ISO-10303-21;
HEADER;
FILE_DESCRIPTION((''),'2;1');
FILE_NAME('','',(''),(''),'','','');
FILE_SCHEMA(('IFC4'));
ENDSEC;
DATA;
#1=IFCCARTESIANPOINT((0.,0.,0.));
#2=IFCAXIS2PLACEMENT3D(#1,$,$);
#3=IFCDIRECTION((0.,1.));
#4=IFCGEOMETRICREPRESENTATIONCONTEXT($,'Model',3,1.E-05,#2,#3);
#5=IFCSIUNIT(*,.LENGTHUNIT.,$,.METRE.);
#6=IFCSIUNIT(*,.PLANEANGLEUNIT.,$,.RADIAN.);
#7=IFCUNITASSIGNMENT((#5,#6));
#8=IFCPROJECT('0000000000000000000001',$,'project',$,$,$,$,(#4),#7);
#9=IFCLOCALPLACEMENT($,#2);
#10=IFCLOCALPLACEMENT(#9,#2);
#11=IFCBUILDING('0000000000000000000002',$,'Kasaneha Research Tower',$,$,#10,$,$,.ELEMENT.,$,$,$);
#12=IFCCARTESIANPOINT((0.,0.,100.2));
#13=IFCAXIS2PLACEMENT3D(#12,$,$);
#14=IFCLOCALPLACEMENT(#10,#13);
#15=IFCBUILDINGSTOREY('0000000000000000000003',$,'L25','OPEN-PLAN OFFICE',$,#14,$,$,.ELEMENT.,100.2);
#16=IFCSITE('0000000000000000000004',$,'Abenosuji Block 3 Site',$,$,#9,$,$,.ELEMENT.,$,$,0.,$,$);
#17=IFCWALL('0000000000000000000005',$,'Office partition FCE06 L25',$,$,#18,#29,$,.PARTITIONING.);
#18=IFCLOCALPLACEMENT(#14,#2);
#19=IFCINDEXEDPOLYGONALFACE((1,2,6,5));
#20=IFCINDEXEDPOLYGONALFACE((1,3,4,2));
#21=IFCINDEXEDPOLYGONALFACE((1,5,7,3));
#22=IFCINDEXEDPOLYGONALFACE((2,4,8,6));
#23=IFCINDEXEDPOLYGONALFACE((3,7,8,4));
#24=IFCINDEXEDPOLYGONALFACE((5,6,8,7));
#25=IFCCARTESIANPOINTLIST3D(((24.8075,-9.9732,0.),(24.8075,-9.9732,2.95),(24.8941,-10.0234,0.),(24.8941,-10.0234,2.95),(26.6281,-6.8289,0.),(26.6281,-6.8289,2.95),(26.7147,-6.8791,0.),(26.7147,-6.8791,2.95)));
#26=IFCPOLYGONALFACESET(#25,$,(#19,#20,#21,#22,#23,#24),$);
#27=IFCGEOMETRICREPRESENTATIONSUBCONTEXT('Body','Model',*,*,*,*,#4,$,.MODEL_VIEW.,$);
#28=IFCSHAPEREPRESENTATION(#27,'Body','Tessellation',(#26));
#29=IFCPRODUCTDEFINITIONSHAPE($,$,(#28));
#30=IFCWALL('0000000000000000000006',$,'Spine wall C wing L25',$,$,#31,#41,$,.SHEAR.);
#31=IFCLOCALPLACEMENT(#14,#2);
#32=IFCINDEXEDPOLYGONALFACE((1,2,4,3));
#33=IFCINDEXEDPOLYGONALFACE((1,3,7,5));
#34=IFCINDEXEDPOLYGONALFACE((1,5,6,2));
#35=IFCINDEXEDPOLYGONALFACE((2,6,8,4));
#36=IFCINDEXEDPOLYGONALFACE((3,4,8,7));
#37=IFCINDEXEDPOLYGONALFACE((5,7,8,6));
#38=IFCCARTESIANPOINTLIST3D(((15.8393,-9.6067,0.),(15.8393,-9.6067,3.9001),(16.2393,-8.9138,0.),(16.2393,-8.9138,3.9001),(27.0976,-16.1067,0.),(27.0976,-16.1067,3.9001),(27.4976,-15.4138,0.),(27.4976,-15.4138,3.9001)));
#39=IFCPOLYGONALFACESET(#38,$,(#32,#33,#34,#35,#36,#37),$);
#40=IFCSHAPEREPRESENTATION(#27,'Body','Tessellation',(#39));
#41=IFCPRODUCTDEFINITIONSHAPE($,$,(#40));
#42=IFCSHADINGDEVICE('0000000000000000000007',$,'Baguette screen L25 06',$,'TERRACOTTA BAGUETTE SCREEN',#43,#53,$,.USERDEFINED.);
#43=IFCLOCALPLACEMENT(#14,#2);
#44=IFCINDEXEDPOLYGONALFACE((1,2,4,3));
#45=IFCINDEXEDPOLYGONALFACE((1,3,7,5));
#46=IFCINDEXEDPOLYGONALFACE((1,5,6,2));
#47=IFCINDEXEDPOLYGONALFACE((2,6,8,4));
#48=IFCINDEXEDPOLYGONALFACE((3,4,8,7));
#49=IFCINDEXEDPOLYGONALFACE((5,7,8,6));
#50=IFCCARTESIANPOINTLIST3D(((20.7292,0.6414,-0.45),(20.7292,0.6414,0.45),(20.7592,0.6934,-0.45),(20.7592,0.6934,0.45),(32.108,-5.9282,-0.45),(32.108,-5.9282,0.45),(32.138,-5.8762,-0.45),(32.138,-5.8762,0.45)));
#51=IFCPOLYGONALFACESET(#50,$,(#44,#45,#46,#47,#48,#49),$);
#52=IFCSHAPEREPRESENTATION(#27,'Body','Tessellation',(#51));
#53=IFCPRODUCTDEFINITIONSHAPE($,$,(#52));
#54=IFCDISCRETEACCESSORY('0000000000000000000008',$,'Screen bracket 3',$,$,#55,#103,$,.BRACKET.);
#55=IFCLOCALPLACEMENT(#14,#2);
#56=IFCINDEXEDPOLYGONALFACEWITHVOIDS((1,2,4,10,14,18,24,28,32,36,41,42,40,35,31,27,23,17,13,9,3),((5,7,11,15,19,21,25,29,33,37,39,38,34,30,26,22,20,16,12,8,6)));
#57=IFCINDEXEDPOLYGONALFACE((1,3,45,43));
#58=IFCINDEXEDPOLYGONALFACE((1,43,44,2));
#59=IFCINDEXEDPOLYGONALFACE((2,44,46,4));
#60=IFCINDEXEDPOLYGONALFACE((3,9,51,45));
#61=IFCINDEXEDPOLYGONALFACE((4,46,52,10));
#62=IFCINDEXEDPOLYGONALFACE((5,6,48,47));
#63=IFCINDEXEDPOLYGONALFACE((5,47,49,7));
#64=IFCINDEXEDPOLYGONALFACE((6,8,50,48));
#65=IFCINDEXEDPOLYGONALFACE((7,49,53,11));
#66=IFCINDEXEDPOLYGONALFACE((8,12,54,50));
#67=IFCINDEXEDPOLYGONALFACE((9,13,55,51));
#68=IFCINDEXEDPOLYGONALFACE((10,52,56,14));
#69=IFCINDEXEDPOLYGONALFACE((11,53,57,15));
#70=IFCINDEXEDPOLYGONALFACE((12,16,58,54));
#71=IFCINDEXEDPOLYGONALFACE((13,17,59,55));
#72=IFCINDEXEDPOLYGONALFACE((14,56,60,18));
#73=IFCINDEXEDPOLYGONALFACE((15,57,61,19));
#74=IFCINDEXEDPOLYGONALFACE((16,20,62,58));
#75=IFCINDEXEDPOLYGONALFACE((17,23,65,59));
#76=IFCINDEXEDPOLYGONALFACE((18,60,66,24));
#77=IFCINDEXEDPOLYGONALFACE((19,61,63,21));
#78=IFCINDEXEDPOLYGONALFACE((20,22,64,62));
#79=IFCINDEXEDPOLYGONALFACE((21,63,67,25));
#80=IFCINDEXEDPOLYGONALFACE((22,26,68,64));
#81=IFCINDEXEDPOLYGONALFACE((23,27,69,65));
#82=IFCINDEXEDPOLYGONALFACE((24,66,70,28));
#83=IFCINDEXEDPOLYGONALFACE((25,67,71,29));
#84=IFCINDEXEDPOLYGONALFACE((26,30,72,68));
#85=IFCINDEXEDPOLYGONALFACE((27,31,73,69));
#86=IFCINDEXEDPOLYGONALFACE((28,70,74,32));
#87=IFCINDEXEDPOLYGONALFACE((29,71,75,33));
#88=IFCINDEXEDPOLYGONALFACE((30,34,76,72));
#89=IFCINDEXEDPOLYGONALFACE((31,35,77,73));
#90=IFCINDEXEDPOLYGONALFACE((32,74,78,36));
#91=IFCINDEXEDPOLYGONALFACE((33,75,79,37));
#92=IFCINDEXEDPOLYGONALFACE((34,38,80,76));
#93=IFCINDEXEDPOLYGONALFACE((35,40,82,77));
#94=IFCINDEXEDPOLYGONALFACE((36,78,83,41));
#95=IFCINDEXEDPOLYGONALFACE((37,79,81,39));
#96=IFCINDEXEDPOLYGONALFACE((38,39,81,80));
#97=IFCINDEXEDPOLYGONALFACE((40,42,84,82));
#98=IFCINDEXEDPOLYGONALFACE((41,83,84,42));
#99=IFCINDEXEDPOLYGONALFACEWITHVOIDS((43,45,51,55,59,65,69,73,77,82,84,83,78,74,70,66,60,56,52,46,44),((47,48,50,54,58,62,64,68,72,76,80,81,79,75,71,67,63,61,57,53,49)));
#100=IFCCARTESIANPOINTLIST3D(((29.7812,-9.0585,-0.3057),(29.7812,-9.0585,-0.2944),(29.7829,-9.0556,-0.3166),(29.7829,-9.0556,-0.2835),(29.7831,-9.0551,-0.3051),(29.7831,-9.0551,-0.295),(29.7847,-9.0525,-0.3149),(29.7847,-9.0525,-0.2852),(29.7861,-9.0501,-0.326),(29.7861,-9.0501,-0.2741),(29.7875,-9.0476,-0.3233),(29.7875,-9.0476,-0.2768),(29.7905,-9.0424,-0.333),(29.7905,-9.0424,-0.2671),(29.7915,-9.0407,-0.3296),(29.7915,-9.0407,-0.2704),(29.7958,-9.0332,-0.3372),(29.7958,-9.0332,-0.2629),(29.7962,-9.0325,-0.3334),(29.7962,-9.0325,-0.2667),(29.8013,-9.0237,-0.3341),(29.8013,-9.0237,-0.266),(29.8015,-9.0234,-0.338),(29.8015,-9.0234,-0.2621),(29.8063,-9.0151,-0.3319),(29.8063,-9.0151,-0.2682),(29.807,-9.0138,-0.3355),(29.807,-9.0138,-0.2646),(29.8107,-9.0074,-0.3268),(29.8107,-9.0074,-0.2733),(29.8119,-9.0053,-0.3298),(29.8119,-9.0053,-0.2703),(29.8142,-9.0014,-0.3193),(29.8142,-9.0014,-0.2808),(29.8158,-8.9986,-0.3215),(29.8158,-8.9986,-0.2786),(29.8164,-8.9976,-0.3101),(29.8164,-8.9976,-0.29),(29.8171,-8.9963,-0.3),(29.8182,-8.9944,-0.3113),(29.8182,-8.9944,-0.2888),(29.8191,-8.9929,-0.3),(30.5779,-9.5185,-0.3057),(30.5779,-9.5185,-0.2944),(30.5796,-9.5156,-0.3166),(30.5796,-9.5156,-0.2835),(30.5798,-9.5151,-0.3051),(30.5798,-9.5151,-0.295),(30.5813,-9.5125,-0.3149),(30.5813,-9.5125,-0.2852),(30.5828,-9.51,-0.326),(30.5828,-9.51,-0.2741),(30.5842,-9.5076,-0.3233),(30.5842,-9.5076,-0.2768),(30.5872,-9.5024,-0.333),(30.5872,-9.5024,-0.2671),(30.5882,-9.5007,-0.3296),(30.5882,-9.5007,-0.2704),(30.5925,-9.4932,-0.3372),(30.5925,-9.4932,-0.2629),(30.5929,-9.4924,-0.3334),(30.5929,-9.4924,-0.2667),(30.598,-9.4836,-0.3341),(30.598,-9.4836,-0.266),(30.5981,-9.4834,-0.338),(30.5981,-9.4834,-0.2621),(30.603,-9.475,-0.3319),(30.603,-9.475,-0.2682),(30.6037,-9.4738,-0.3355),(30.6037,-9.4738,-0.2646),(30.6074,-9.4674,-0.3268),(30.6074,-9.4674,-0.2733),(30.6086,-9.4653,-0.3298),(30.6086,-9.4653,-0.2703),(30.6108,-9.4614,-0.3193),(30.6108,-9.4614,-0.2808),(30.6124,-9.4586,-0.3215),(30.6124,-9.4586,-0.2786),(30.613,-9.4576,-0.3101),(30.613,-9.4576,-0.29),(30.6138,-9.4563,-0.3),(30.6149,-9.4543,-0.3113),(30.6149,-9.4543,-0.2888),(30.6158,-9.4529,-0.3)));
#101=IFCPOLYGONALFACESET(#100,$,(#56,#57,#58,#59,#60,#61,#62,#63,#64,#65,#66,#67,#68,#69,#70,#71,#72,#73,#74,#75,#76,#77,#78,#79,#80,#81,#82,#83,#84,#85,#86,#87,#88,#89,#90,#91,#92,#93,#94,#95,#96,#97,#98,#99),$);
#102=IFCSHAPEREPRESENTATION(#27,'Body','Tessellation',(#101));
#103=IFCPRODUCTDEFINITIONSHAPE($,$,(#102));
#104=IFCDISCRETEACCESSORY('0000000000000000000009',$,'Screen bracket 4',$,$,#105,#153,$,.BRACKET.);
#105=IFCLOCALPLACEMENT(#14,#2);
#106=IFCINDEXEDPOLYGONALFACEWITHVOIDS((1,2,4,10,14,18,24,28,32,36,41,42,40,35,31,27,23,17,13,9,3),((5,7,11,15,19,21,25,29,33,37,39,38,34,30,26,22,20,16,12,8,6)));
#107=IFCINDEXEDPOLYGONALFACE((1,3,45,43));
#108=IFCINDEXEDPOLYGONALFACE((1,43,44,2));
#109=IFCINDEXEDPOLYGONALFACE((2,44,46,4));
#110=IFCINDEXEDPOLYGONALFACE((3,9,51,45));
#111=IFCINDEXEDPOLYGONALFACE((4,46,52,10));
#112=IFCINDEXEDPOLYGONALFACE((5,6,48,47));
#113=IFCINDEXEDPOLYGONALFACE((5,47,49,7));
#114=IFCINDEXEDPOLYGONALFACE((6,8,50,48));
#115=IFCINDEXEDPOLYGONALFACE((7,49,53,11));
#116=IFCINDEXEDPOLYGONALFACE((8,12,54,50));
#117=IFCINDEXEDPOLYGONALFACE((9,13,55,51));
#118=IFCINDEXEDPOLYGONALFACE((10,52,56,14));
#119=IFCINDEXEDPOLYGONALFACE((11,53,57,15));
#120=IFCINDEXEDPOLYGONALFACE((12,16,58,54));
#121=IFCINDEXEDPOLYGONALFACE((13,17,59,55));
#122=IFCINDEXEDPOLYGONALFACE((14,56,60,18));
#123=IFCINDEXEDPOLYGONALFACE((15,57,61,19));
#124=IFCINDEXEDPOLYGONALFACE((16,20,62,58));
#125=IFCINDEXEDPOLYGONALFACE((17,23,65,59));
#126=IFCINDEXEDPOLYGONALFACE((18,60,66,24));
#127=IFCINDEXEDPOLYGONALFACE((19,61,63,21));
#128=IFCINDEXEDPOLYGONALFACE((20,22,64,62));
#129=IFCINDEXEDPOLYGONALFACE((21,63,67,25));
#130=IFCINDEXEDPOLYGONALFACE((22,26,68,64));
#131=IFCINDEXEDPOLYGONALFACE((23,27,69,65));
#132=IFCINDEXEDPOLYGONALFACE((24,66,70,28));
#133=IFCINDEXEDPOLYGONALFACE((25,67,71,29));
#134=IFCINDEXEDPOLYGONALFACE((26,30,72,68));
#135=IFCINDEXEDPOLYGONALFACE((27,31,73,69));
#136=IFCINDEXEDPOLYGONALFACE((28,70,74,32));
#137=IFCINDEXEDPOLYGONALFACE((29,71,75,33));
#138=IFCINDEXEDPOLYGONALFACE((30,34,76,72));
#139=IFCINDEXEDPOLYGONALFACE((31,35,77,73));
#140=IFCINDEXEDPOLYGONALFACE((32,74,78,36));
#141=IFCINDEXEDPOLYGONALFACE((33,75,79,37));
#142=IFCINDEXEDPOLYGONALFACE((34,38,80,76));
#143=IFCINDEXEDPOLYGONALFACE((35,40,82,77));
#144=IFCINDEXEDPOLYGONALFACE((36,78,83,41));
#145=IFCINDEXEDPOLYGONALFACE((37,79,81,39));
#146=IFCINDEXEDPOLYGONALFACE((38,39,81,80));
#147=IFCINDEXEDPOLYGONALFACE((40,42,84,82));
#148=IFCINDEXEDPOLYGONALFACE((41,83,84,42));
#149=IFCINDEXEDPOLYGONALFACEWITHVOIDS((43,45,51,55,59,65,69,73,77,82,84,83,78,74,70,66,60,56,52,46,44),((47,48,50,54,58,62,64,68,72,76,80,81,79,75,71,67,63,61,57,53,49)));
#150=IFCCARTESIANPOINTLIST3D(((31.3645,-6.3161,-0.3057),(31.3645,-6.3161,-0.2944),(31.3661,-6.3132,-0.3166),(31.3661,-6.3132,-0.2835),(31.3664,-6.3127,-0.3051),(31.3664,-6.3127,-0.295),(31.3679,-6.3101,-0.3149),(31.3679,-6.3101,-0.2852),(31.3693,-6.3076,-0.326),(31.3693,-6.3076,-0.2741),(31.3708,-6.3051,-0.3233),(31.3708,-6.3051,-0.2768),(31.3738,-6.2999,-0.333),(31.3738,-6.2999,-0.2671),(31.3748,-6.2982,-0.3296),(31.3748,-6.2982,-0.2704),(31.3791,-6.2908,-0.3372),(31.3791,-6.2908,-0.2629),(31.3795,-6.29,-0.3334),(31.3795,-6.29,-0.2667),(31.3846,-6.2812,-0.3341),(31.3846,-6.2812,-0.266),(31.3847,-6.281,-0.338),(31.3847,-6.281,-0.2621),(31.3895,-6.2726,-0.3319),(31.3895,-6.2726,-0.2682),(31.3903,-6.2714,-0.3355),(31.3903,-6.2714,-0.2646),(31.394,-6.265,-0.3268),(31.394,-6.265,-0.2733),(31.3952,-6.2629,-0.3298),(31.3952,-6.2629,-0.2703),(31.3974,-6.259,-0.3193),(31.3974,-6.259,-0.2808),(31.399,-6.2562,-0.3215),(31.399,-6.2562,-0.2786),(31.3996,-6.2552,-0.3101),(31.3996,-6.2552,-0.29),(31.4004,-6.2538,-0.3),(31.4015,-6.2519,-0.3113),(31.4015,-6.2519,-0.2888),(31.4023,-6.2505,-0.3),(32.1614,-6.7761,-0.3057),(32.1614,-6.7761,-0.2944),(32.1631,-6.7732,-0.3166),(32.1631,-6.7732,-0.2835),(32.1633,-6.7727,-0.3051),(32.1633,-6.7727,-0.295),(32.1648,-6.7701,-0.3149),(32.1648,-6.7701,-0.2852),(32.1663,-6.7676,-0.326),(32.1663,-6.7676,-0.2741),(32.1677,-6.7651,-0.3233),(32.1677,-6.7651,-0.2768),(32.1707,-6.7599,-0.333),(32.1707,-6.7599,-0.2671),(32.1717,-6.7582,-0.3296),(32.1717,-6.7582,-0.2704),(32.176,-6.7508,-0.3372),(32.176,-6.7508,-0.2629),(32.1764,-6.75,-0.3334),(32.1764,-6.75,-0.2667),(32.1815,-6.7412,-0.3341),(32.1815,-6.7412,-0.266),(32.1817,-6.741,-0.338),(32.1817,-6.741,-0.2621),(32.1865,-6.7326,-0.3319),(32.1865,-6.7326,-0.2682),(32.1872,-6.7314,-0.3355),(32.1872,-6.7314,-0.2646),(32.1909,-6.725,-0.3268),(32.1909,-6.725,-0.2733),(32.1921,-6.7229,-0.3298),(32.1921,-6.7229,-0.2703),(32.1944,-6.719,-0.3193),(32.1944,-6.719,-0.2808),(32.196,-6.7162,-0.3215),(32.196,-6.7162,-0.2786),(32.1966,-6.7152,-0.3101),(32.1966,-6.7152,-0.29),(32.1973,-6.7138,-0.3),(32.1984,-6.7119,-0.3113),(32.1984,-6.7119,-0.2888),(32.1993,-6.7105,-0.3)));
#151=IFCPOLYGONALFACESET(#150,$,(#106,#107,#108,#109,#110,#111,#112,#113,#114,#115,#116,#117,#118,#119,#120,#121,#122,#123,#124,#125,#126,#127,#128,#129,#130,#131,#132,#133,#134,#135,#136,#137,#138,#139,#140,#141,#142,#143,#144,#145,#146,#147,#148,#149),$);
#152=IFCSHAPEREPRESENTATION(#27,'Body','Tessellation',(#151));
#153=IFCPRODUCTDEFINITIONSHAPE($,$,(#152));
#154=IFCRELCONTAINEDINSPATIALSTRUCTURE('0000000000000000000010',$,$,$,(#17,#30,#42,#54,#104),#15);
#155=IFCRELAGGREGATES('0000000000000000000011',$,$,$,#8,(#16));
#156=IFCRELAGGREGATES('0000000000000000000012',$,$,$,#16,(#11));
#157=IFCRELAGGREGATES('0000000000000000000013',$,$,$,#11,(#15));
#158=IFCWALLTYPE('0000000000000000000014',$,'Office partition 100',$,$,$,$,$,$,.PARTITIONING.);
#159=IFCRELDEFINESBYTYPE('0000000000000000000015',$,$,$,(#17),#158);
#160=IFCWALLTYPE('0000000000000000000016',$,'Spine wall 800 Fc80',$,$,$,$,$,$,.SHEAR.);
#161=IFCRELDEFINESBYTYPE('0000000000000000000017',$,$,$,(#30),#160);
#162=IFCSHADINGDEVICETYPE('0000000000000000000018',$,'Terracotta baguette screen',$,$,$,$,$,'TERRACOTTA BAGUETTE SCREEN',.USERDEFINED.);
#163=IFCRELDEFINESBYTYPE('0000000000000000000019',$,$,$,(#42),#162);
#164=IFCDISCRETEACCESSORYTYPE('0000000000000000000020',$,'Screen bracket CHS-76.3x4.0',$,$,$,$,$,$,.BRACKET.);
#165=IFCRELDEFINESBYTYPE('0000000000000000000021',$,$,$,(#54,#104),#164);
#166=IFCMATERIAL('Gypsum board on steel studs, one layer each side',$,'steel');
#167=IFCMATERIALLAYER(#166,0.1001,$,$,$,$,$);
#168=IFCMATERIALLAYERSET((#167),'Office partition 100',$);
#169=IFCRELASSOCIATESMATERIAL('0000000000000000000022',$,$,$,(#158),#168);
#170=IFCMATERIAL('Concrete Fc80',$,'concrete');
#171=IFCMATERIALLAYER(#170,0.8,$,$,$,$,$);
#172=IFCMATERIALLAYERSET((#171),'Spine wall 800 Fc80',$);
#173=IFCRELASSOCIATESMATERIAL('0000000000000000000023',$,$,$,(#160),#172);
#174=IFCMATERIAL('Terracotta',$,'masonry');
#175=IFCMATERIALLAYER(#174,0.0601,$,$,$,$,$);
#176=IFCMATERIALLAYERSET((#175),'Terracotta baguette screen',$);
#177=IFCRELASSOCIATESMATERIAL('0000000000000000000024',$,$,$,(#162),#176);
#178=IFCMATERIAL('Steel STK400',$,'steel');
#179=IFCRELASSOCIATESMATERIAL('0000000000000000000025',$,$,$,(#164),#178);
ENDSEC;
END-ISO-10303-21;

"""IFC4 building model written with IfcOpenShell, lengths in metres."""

from ifc_helpers import new_model, si_unit, direction, frame, frame_2d, origin, origin_2d, place, context, subcontext, project, spatial, rectangle, hollow_circle, extrude, material, layer, layer_set, material_profile, profile_set, type_object, element, save


model = new_model("IFC4")

# Units and contexts
model_context = context("Model", 3, precision=1e-05, world=origin(), true_north=direction((0.0, 1.0)))
body_context = subcontext(model_context, "Body", "Model", "MODEL_VIEW")
ifc_project = project(units=[si_unit("LENGTHUNIT", "METRE"), si_unit("PLANEANGLEUNIT", "RADIAN")], contexts=[model_context])

# Site, building, storey
site_placement = place(None, origin())
site = spatial("IfcSite", under=ifc_project, at=site_placement, Name="Abenosuji Block 3 Site", CompositionType="ELEMENT", RefElevation=0.0)
building_placement = place(site_placement, origin())
building = spatial("IfcBuilding", under=site, at=building_placement, Name="Kasaneha Research Tower", CompositionType="ELEMENT")
storey_placement = place(building_placement, frame((0.0, 0.0, 100.2)))
storey = spatial("IfcBuildingStorey", under=building, at=storey_placement, Name="L25", Description="OPEN-PLAN OFFICE", CompositionType="ELEMENT", Elevation=100.2)

# Shared definitions
ifc_material_1 = material(Name="Gypsum board on steel studs, one layer each side", Category="steel")
ifc_layer_1 = layer(ifc_material_1, 0.1001)
ifc_layer_set_1 = layer_set([ifc_layer_1], Name="Office partition 100")
wall_type_1 = type_object("IfcWallType", Name="Office partition 100", PredefinedType="PARTITIONING", material=ifc_layer_set_1)

# Walls
wall_1_placement = place(storey_placement, frame((24.8508, -9.9983, 0.0), z_axis=(0.0, 0.0, 1.0), x_axis=(0.501073, 0.865405, 0.0)))
element("IfcWall", 1, at=wall_1_placement, inside=storey, type_object=wall_type_1, Name="Office partition FCE06 L25", PredefinedType="PARTITIONING", context=body_context, shape_type="SweptSolid", body=[
    extrude(rectangle(XDim=3.6333, YDim=0.1001, at=frame_2d((1.8167, 0.0))), origin(), (0.0, 0.0, 1.0), 2.95),
])
ifc_material_2 = material(Name="Concrete Fc80", Category="concrete")
ifc_layer_2 = layer(ifc_material_2, 0.8)
ifc_layer_set_2 = layer_set([ifc_layer_2], Name="Spine wall 800 Fc80")
wall_type_2 = type_object("IfcWallType", Name="Spine wall 800 Fc80", PredefinedType="SHEAR", material=ifc_layer_set_2)
wall_2_placement = place(storey_placement, frame((16.0393, -9.2603, 0.0), z_axis=(0.0, 0.0, 1.0), x_axis=(0.866025, -0.500001, 0.0)))
element("IfcWall", 2, at=wall_2_placement, inside=storey, type_object=wall_type_2, Name="Spine wall C wing L25", PredefinedType="SHEAR", context=body_context, shape_type="SweptSolid", body=[
    extrude(rectangle(XDim=13.0, YDim=0.8, at=frame_2d((6.5, 0.0))), origin(), (0.0, 0.0, 1.0), 3.9001),
])

# Shading device
ifc_material_3 = material(Name="Terracotta", Category="masonry")
ifc_layer_3 = layer(ifc_material_3, 0.0601)
ifc_layer_set_3 = layer_set([ifc_layer_3], Name="Terracotta baguette screen")
shading_device_type = type_object("IfcShadingDeviceType", Name="Terracotta baguette screen", ElementType="TERRACOTTA BAGUETTE SCREEN", PredefinedType="USERDEFINED", material=ifc_layer_set_3)
shading_device_placement = place(storey_placement, frame((26.4336, -2.6174, -0.45), z_axis=(0.0, 0.0, 1.0), x_axis=(-0.866025, 0.5, 0.0)))
element("IfcShadingDevice", 3, at=shading_device_placement, inside=storey, type_object=shading_device_type, Name="Baguette screen L25 06", ObjectType="TERRACOTTA BAGUETTE SCREEN", PredefinedType="USERDEFINED", context=body_context, shape_type="SweptSolid", body=[
    extrude(rectangle(XDim=13.1392, YDim=0.0601, at=origin_2d()), origin(), (0.0, 0.0, 1.0), 0.8999),
])

# Discrete accessories
ifc_material_4 = material(Name="Steel STK400", Category="steel")
ifc_material_profile_1 = material_profile(ifc_material_4, hollow_circle(Radius=0.0381, WallThickness=0.0039, at=origin_2d()), Name="CHS-76.3x4.0")
ifc_profile_set_1 = profile_set([ifc_material_profile_1], Name="Steel STK400")
discrete_accessory_type = type_object("IfcDiscreteAccessoryType", Name="Screen bracket CHS-76.3x4.0", PredefinedType="BRACKET", material=ifc_profile_set_1)
discrete_accessory_1_placement = place(storey_placement, frame((29.8, -9.0259, -0.3), z_axis=(0.866013, -0.500021, 0.0), x_axis=(0.500021, 0.866013, 0.0)))
element("IfcDiscreteAccessory", 4, at=discrete_accessory_1_placement, inside=storey, type_object=discrete_accessory_type, Name="Screen bracket 3", PredefinedType="BRACKET", context=body_context, shape_type="SweptSolid", body=[
    extrude(hollow_circle(Radius=0.0381, WallThickness=0.0039, at=origin_2d()), origin(), (0.0, 0.0, 1.0), 0.9199),
])
discrete_accessory_2_placement = place(storey_placement, frame((31.3833, -6.2834, -0.3), z_axis=(0.86608, -0.499906, 0.0), x_axis=(0.499906, 0.86608, 0.0)))
element("IfcDiscreteAccessory", 5, at=discrete_accessory_2_placement, inside=storey, type_object=discrete_accessory_type, Name="Screen bracket 4", PredefinedType="BRACKET", context=body_context, shape_type="SweptSolid", body=[
    extrude(hollow_circle(Radius=0.0381, WallThickness=0.0039, at=origin_2d()), origin(), (0.0, 0.0, 1.0), 0.9202),
])

save(model, "model.ifc")
